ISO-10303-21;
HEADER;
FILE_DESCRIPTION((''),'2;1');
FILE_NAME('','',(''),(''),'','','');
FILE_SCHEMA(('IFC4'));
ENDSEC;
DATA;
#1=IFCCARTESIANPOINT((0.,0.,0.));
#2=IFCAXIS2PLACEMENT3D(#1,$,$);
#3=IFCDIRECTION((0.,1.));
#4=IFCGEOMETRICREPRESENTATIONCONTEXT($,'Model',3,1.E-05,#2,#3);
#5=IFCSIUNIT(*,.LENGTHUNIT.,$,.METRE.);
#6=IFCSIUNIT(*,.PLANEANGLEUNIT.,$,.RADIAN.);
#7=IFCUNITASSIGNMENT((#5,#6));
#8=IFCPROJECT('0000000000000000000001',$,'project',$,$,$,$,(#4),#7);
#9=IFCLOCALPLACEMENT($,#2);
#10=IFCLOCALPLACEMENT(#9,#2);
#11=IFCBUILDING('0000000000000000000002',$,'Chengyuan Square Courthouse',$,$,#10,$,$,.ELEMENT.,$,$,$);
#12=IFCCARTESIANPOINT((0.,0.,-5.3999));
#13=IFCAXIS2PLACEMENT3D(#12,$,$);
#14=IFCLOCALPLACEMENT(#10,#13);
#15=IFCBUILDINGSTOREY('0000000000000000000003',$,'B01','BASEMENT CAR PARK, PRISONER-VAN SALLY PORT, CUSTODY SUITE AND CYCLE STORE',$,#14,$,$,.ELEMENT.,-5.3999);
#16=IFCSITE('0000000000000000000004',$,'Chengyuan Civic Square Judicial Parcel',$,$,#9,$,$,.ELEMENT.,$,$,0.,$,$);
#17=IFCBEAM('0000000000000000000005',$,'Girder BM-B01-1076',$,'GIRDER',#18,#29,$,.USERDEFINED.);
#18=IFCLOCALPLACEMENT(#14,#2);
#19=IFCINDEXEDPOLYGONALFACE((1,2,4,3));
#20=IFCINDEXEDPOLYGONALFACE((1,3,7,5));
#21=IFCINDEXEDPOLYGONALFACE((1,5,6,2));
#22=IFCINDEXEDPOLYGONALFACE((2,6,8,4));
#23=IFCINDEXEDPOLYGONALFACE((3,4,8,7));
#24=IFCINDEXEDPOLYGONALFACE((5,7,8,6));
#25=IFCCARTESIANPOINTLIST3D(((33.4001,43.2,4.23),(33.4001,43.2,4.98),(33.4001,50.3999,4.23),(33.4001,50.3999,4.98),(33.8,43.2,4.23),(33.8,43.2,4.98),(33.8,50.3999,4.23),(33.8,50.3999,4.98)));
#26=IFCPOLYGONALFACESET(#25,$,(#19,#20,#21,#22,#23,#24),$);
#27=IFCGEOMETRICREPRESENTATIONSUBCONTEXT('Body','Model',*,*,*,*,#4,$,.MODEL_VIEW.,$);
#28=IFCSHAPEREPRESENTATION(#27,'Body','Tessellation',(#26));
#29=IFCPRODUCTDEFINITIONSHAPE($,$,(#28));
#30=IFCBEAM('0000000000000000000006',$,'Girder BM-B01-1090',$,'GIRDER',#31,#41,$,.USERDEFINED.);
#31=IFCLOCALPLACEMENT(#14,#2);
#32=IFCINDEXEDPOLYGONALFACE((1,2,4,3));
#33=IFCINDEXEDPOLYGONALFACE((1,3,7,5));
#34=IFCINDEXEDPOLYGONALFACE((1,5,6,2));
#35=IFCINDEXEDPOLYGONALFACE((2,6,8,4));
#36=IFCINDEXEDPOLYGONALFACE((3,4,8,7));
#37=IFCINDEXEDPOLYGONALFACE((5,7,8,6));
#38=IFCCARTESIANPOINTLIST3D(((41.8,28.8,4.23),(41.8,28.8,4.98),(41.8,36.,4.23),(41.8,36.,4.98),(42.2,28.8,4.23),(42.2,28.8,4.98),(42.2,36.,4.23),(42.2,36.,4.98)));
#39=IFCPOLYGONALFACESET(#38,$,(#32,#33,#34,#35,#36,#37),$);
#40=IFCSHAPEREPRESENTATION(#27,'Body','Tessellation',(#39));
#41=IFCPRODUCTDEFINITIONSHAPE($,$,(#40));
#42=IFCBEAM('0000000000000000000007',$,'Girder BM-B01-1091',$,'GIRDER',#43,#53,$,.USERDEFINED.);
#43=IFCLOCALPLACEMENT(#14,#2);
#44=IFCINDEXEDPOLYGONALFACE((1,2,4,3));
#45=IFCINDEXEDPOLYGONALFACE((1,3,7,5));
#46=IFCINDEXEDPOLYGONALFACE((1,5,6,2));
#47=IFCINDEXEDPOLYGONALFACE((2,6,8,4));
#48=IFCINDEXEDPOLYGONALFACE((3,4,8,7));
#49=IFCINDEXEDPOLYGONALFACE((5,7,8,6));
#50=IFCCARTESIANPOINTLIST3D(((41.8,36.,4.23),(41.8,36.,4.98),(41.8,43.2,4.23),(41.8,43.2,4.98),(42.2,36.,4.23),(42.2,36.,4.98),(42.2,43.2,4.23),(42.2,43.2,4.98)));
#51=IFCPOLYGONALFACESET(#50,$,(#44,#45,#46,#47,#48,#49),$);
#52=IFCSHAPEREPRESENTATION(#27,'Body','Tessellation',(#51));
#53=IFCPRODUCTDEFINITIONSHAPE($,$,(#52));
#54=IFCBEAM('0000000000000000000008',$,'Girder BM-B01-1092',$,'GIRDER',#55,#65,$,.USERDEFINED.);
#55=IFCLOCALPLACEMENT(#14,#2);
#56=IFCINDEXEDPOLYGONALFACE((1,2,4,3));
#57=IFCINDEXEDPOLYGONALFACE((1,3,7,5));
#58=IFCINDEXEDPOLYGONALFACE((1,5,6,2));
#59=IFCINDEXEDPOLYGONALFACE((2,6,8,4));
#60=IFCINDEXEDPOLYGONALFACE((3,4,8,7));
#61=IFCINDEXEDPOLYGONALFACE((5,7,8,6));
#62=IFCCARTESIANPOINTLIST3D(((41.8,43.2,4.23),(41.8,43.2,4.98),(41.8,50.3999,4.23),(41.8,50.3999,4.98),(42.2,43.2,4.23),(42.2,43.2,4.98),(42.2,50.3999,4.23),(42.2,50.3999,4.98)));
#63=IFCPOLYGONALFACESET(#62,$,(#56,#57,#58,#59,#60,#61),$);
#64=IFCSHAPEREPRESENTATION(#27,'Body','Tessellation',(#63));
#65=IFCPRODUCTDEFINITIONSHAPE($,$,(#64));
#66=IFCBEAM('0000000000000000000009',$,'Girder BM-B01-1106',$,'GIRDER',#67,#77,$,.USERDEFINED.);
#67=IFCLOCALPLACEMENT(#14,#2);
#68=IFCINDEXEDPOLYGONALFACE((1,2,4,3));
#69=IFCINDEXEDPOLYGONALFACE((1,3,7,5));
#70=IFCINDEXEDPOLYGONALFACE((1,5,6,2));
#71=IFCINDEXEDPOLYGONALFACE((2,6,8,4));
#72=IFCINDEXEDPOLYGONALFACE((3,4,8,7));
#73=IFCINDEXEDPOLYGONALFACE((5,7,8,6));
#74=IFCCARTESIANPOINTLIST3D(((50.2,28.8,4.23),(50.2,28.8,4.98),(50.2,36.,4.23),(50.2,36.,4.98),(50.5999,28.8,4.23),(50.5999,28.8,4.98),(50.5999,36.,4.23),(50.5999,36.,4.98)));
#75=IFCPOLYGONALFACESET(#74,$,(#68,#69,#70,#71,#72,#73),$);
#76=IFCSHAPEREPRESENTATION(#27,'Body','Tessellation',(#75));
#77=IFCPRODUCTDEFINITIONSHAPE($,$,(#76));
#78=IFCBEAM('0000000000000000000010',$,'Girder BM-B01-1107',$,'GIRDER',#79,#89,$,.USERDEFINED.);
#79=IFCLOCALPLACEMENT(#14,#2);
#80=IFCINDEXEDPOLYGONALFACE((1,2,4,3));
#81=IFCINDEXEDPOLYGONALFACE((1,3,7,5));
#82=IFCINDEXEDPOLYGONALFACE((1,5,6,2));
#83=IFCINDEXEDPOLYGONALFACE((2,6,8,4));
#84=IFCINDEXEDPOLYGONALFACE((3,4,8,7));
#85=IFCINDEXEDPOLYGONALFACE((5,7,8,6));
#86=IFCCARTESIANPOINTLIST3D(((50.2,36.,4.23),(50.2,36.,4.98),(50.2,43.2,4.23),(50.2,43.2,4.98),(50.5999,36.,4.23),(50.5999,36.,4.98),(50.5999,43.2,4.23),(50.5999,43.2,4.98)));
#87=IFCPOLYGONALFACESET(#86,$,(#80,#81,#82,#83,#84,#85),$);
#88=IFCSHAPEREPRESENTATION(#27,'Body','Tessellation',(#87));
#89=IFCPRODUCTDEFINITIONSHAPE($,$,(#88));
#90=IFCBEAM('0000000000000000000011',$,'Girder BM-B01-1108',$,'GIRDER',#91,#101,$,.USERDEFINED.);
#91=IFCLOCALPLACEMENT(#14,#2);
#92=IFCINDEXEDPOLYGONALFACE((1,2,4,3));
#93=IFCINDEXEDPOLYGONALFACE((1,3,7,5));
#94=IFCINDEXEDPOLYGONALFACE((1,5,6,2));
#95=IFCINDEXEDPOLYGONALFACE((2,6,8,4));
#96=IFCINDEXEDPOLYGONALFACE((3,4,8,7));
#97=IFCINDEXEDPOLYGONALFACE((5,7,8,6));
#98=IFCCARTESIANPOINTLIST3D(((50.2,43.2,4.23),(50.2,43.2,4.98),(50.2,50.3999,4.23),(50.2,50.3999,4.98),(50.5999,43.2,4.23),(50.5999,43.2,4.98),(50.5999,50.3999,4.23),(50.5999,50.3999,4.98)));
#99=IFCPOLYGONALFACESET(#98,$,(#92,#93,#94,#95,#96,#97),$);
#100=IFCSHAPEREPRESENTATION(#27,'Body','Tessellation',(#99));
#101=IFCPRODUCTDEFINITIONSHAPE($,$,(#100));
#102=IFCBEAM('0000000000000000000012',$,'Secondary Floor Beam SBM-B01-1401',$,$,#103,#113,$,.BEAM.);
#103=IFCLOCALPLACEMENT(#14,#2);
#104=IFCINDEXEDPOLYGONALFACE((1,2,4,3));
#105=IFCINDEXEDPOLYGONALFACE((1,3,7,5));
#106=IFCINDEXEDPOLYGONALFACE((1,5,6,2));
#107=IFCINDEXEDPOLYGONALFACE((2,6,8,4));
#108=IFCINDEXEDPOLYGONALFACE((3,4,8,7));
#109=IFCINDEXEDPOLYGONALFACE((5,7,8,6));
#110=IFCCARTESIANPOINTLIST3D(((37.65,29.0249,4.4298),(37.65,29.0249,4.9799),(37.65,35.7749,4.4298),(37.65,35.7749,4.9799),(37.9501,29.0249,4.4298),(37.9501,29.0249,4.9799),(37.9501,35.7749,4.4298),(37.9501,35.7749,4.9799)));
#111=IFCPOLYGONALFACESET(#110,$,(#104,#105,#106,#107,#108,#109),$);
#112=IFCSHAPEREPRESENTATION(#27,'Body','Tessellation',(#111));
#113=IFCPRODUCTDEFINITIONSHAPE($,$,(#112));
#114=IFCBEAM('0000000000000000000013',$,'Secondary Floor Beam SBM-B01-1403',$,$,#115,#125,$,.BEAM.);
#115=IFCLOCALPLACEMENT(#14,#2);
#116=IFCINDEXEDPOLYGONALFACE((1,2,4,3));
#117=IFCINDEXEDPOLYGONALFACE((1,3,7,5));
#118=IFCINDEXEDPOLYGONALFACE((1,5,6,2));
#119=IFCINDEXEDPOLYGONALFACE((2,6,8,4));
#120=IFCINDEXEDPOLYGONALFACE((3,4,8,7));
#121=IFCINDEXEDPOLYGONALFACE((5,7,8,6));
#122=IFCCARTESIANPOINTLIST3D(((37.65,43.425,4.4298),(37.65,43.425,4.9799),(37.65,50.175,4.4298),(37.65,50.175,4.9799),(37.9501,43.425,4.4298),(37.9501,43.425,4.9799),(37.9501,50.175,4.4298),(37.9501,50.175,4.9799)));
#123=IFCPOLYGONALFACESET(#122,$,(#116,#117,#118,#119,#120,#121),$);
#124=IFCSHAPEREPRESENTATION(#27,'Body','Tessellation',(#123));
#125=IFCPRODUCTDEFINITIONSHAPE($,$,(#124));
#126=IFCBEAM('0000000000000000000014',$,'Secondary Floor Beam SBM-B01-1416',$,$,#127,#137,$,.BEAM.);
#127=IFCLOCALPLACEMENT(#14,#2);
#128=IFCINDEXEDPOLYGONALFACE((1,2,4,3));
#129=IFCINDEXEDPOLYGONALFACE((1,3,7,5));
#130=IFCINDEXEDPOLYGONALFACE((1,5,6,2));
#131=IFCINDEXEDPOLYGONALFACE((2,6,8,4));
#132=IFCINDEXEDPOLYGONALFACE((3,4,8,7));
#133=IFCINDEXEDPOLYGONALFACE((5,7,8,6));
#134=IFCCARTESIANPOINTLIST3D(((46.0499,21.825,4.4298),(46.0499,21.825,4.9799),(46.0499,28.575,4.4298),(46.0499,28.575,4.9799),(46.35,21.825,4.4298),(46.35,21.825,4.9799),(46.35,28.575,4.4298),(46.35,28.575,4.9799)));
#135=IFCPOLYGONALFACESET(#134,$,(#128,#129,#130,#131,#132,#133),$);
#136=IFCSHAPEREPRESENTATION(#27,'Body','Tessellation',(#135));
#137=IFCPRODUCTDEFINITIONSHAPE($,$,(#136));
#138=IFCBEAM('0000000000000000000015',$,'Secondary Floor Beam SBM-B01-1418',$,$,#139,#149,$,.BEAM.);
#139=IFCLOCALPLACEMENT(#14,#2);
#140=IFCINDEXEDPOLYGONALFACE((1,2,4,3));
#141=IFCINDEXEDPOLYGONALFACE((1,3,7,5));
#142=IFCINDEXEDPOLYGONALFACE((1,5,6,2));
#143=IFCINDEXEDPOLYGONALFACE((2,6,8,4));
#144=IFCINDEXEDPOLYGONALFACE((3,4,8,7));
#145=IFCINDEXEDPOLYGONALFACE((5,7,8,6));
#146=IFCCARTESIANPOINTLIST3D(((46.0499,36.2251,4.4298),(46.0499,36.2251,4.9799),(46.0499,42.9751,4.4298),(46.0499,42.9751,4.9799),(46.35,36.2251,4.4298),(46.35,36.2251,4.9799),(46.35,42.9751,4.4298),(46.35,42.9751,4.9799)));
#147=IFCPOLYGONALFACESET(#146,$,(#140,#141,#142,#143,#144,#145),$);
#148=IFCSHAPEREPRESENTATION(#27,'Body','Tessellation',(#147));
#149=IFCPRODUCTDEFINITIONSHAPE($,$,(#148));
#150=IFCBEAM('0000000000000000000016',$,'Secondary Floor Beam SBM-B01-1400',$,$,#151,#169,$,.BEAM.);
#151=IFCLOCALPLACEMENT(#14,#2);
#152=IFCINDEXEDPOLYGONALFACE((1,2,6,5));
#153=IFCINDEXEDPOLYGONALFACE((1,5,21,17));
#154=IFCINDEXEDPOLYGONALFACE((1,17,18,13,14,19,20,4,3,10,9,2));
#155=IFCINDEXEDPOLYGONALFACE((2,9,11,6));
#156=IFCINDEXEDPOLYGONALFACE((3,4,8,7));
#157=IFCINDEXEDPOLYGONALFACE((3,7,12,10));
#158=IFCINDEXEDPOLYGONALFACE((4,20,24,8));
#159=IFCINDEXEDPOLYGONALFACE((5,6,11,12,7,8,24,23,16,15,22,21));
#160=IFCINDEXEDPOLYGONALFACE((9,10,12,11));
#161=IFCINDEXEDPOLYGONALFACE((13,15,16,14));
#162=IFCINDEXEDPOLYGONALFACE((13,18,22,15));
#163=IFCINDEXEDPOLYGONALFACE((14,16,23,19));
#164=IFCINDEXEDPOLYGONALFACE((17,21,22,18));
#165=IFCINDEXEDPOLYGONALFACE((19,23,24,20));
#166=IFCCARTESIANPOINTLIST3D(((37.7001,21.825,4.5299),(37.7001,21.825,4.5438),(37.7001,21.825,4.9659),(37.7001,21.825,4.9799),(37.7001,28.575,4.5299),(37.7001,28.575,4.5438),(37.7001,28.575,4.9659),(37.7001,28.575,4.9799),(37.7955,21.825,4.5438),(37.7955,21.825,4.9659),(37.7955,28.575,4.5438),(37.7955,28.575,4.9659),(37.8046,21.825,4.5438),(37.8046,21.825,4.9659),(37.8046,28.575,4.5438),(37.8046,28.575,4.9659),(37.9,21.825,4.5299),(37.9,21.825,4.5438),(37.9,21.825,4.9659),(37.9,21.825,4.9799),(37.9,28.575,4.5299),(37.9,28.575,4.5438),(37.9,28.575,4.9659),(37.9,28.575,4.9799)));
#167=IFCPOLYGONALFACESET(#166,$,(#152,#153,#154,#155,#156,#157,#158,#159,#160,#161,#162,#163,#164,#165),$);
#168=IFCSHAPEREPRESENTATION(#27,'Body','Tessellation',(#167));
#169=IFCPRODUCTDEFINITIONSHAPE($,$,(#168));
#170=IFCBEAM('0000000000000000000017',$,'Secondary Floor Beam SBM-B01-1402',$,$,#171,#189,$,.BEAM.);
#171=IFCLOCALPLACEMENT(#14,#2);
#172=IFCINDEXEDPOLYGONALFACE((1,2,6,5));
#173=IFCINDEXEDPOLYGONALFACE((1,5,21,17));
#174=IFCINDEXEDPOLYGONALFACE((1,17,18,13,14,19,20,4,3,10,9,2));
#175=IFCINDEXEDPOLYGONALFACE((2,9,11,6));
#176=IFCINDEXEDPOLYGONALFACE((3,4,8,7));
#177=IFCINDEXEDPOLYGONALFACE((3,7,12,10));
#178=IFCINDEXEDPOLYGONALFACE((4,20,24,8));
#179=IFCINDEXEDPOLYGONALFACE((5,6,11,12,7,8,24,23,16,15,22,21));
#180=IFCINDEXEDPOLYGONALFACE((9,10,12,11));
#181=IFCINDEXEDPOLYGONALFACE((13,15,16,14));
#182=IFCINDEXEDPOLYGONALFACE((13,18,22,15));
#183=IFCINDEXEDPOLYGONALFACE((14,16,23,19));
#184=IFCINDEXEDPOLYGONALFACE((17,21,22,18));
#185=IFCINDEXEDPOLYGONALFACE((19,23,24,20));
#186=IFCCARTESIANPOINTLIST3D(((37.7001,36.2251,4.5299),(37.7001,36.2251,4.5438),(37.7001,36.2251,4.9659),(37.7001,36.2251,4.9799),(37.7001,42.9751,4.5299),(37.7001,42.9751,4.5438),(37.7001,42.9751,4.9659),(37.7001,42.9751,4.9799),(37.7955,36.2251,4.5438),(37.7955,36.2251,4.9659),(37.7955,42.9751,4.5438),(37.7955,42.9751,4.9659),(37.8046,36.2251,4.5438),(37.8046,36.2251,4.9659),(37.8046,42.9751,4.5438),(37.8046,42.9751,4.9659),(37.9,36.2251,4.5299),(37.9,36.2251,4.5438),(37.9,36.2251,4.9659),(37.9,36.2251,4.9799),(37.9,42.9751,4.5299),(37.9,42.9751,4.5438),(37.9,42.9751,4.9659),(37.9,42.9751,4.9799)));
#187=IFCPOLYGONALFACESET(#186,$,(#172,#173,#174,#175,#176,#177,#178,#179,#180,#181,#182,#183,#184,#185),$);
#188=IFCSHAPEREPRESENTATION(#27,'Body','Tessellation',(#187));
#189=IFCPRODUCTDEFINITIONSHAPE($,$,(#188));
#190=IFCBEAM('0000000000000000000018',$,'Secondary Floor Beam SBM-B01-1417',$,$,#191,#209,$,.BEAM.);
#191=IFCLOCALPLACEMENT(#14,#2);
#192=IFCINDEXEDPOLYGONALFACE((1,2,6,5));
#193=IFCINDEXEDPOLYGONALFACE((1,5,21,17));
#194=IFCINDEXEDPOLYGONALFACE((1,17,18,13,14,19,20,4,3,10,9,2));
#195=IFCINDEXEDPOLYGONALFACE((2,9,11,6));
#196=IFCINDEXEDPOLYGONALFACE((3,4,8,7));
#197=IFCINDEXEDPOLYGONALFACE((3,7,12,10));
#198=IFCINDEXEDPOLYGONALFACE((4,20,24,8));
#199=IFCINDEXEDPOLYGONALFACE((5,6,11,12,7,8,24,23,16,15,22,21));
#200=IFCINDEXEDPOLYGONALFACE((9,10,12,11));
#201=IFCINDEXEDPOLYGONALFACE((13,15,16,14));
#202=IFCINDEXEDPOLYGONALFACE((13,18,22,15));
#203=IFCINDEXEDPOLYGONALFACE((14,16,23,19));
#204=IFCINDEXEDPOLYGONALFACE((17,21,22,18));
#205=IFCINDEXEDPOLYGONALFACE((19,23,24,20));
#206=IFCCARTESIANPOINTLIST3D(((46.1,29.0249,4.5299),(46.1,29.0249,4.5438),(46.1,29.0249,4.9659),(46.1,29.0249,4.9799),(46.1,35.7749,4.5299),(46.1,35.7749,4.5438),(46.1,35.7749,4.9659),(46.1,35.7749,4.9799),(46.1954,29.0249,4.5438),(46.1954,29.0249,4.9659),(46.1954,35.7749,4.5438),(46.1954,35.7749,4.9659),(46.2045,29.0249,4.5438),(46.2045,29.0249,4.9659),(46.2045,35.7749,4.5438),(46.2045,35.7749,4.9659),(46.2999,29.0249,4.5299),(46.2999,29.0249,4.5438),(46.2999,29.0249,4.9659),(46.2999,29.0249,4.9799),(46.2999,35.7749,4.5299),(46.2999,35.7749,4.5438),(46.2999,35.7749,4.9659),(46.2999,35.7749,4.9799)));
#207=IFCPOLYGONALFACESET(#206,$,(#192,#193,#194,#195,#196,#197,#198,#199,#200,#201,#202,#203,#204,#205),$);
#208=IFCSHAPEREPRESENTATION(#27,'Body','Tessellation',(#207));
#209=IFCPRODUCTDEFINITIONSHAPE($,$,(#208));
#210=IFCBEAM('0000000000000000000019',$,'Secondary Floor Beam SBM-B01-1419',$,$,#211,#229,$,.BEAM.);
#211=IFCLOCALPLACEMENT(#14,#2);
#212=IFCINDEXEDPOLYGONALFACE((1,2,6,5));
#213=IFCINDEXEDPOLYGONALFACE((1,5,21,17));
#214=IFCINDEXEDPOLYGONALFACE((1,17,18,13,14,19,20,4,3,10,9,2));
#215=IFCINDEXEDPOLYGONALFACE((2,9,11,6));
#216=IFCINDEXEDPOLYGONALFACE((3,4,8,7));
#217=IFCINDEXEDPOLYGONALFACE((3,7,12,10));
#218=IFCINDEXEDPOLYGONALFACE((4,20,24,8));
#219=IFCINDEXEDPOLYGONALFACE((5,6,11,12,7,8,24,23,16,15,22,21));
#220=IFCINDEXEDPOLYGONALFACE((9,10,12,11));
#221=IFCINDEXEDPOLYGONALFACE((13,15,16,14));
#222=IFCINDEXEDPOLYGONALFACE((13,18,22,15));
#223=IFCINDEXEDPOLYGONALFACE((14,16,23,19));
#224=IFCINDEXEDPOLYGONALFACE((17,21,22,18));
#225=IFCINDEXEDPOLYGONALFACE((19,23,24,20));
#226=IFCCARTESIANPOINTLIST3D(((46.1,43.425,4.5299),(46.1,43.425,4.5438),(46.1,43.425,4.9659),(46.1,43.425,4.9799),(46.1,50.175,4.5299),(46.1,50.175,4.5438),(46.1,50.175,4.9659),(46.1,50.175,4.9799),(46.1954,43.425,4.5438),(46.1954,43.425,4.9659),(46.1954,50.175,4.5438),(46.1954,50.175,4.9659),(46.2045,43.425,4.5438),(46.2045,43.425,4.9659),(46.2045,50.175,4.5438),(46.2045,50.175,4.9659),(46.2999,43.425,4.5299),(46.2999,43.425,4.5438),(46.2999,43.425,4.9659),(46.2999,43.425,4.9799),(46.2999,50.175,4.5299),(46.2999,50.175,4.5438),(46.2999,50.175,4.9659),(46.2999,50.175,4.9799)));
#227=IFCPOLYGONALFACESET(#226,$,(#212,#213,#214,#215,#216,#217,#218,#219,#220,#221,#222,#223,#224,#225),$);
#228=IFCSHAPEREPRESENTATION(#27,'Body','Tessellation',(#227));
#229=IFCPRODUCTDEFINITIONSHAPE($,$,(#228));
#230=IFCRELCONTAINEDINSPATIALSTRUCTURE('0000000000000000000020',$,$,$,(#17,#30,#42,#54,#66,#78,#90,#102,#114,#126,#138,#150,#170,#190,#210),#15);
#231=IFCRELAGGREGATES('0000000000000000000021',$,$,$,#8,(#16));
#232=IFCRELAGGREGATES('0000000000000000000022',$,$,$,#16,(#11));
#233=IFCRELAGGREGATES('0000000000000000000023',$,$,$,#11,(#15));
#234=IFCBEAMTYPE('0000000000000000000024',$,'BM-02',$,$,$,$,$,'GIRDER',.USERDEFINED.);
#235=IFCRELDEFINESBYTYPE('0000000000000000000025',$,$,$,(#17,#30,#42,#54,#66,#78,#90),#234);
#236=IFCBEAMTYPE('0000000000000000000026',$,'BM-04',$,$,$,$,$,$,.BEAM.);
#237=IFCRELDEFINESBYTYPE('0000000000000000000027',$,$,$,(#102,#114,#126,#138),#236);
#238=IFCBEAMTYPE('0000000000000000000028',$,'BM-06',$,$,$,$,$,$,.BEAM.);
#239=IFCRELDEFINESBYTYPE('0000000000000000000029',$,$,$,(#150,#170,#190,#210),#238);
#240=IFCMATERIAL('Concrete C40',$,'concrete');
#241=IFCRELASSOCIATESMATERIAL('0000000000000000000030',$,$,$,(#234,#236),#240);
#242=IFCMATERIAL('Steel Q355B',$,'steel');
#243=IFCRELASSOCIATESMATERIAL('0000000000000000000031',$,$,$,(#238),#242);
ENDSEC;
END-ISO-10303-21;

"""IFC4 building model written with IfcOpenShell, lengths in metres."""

from ifc_helpers import new_model, si_unit, direction, frame, origin, origin_2d, place, context, subcontext, project, spatial, rectangle, i_section, extrude, material, material_profile, profile_set, type_object, element, save


model = new_model("IFC4")

# Units and contexts
model_context = context("Model", 3, precision=1e-05, world=origin(), true_north=direction((0.0, 1.0)))
body_context = subcontext(model_context, "Body", "Model", "MODEL_VIEW")
ifc_project = project(units=[si_unit("LENGTHUNIT", "METRE"), si_unit("PLANEANGLEUNIT", "RADIAN")], contexts=[model_context])

# Site, building, storey
site_placement = place(None, origin())
site = spatial("IfcSite", under=ifc_project, at=site_placement, Name="Chengyuan Civic Square Judicial Parcel", CompositionType="ELEMENT", RefElevation=0.0)
building_placement = place(site_placement, origin())
building = spatial("IfcBuilding", under=site, at=building_placement, Name="Chengyuan Square Courthouse", CompositionType="ELEMENT")
storey_placement = place(building_placement, frame((0.0, 0.0, -5.3999)))
storey = spatial("IfcBuildingStorey", under=building, at=storey_placement, Name="B01", Description="BASEMENT CAR PARK, PRISONER-VAN SALLY PORT, CUSTODY SUITE AND CYCLE STORE", CompositionType="ELEMENT", Elevation=-5.3999)

# Beams
ifc_material_1 = material(Name="Concrete C40", Category="concrete")
ifc_material_profile_1 = material_profile(ifc_material_1, rectangle(XDim=0.3999, YDim=0.75, at=origin_2d()), Name="RC-BM-400x750")
ifc_profile_set_1 = profile_set([ifc_material_profile_1], Name="Concrete C40")
beam_type_1 = type_object("IfcBeamType", Name="BM-02", ElementType="GIRDER", PredefinedType="USERDEFINED", material=ifc_profile_set_1)
for number, where, z_axis, x_axis, name in (
    (1, (33.6001, 43.2, 4.605), (0.0, 1.0, 0.0), (-1.0, 0.0, 0.0), "Girder BM-B01-1076"),
    (2, (42.0, 28.8, 4.605), (0.0, 1.0, 0.0), (-1.0, 0.0, 0.0), "Girder BM-B01-1090"),
    (3, (42.0, 36.0, 4.605), (0.0, 1.0, 0.0), (-1.0, 0.0, 0.0), "Girder BM-B01-1091"),
    (4, (42.0, 43.2, 4.605), (0.0, 1.0, 0.0), (-1.0, 0.0, 0.0), "Girder BM-B01-1092"),
    (5, (50.3999, 28.8, 4.605), (0.0, 1.0, 0.0), (-1.0, 0.0, 0.0), "Girder BM-B01-1106"),
    (6, (50.3999, 36.0, 4.605), (0.0, 1.0, 0.0), (-1.0, 0.0, 0.0), "Girder BM-B01-1107"),
    (7, (50.3999, 43.2, 4.605), (0.0, 1.0, 0.0), (-1.0, 0.0, 0.0), "Girder BM-B01-1108"),
):
    element("IfcBeam", number, at=place(storey_placement, frame(where, z_axis=z_axis, x_axis=x_axis)), inside=storey, type_object=beam_type_1, Name=name, ObjectType="GIRDER", PredefinedType="USERDEFINED", context=body_context, shape_type="SweptSolid", body=[
        extrude(rectangle(XDim=0.3999, YDim=0.75, at=origin_2d()), origin(), (0.0, 0.0, 1.0), 7.2),
    ])
ifc_material_profile_2 = material_profile(ifc_material_1, rectangle(XDim=0.3, YDim=0.55, at=origin_2d()), Name="RC-BM-300x550")
ifc_profile_set_2 = profile_set([ifc_material_profile_2], Name="Concrete C40")
beam_type_2 = type_object("IfcBeamType", Name="BM-04", PredefinedType="BEAM", material=ifc_profile_set_2)
for number, where, z_axis, x_axis, name in (
    (8, (37.8, 29.0249, 4.7048), (0.0, 1.0, 0.0), (-1.0, 0.0, 0.0), "Secondary Floor Beam SBM-B01-1401"),
    (9, (37.8, 43.425, 4.7048), (0.0, 1.0, 0.0), (-1.0, 0.0, 0.0), "Secondary Floor Beam SBM-B01-1403"),
    (10, (46.2, 21.825, 4.7048), (0.0, 1.0, 0.0), (-1.0, 0.0, 0.0), "Secondary Floor Beam SBM-B01-1416"),
    (11, (46.2, 36.2251, 4.7048), (0.0, 1.0, 0.0), (-1.0, 0.0, 0.0), "Secondary Floor Beam SBM-B01-1418"),
):
    element("IfcBeam", number, at=place(storey_placement, frame(where, z_axis=z_axis, x_axis=x_axis)), inside=storey, type_object=beam_type_2, Name=name, PredefinedType="BEAM", context=body_context, shape_type="SweptSolid", body=[
        extrude(rectangle(XDim=0.3, YDim=0.55, at=origin_2d()), origin(), (0.0, 0.0, 1.0), 6.75),
    ])
ifc_material_2 = material(Name="Steel Q355B", Category="steel")
ifc_material_profile_3 = material_profile(ifc_material_2, i_section(OverallWidth=0.2, OverallDepth=0.45, WebThickness=0.009, FlangeThickness=0.0139, at=origin_2d()), Name="HN 450x200x9x14")
ifc_profile_set_3 = profile_set([ifc_material_profile_3], Name="Steel Q355B")
beam_type_3 = type_object("IfcBeamType", Name="BM-06", PredefinedType="BEAM", material=ifc_profile_set_3)
for number, where, z_axis, x_axis, name in (
    (12, (37.8, 21.825, 4.7549), (0.0, 1.0, 0.0), (-1.0, 0.0, 0.0), "Secondary Floor Beam SBM-B01-1400"),
    (13, (37.8, 36.2251, 4.7549), (0.0, 1.0, 0.0), (-1.0, 0.0, 0.0), "Secondary Floor Beam SBM-B01-1402"),
    (14, (46.2, 29.0249, 4.7549), (0.0, 1.0, 0.0), (-1.0, 0.0, 0.0), "Secondary Floor Beam SBM-B01-1417"),
    (15, (46.2, 43.425, 4.7549), (0.0, 1.0, 0.0), (-1.0, 0.0, 0.0), "Secondary Floor Beam SBM-B01-1419"),
):
    element("IfcBeam", number, at=place(storey_placement, frame(where, z_axis=z_axis, x_axis=x_axis)), inside=storey, type_object=beam_type_3, Name=name, PredefinedType="BEAM", context=body_context, shape_type="SweptSolid", body=[
        extrude(i_section(OverallWidth=0.2, OverallDepth=0.45, WebThickness=0.009, FlangeThickness=0.0139, at=origin_2d()), origin(), (0.0, 0.0, 1.0), 6.75),
    ])

save(model, "model.ifc")
